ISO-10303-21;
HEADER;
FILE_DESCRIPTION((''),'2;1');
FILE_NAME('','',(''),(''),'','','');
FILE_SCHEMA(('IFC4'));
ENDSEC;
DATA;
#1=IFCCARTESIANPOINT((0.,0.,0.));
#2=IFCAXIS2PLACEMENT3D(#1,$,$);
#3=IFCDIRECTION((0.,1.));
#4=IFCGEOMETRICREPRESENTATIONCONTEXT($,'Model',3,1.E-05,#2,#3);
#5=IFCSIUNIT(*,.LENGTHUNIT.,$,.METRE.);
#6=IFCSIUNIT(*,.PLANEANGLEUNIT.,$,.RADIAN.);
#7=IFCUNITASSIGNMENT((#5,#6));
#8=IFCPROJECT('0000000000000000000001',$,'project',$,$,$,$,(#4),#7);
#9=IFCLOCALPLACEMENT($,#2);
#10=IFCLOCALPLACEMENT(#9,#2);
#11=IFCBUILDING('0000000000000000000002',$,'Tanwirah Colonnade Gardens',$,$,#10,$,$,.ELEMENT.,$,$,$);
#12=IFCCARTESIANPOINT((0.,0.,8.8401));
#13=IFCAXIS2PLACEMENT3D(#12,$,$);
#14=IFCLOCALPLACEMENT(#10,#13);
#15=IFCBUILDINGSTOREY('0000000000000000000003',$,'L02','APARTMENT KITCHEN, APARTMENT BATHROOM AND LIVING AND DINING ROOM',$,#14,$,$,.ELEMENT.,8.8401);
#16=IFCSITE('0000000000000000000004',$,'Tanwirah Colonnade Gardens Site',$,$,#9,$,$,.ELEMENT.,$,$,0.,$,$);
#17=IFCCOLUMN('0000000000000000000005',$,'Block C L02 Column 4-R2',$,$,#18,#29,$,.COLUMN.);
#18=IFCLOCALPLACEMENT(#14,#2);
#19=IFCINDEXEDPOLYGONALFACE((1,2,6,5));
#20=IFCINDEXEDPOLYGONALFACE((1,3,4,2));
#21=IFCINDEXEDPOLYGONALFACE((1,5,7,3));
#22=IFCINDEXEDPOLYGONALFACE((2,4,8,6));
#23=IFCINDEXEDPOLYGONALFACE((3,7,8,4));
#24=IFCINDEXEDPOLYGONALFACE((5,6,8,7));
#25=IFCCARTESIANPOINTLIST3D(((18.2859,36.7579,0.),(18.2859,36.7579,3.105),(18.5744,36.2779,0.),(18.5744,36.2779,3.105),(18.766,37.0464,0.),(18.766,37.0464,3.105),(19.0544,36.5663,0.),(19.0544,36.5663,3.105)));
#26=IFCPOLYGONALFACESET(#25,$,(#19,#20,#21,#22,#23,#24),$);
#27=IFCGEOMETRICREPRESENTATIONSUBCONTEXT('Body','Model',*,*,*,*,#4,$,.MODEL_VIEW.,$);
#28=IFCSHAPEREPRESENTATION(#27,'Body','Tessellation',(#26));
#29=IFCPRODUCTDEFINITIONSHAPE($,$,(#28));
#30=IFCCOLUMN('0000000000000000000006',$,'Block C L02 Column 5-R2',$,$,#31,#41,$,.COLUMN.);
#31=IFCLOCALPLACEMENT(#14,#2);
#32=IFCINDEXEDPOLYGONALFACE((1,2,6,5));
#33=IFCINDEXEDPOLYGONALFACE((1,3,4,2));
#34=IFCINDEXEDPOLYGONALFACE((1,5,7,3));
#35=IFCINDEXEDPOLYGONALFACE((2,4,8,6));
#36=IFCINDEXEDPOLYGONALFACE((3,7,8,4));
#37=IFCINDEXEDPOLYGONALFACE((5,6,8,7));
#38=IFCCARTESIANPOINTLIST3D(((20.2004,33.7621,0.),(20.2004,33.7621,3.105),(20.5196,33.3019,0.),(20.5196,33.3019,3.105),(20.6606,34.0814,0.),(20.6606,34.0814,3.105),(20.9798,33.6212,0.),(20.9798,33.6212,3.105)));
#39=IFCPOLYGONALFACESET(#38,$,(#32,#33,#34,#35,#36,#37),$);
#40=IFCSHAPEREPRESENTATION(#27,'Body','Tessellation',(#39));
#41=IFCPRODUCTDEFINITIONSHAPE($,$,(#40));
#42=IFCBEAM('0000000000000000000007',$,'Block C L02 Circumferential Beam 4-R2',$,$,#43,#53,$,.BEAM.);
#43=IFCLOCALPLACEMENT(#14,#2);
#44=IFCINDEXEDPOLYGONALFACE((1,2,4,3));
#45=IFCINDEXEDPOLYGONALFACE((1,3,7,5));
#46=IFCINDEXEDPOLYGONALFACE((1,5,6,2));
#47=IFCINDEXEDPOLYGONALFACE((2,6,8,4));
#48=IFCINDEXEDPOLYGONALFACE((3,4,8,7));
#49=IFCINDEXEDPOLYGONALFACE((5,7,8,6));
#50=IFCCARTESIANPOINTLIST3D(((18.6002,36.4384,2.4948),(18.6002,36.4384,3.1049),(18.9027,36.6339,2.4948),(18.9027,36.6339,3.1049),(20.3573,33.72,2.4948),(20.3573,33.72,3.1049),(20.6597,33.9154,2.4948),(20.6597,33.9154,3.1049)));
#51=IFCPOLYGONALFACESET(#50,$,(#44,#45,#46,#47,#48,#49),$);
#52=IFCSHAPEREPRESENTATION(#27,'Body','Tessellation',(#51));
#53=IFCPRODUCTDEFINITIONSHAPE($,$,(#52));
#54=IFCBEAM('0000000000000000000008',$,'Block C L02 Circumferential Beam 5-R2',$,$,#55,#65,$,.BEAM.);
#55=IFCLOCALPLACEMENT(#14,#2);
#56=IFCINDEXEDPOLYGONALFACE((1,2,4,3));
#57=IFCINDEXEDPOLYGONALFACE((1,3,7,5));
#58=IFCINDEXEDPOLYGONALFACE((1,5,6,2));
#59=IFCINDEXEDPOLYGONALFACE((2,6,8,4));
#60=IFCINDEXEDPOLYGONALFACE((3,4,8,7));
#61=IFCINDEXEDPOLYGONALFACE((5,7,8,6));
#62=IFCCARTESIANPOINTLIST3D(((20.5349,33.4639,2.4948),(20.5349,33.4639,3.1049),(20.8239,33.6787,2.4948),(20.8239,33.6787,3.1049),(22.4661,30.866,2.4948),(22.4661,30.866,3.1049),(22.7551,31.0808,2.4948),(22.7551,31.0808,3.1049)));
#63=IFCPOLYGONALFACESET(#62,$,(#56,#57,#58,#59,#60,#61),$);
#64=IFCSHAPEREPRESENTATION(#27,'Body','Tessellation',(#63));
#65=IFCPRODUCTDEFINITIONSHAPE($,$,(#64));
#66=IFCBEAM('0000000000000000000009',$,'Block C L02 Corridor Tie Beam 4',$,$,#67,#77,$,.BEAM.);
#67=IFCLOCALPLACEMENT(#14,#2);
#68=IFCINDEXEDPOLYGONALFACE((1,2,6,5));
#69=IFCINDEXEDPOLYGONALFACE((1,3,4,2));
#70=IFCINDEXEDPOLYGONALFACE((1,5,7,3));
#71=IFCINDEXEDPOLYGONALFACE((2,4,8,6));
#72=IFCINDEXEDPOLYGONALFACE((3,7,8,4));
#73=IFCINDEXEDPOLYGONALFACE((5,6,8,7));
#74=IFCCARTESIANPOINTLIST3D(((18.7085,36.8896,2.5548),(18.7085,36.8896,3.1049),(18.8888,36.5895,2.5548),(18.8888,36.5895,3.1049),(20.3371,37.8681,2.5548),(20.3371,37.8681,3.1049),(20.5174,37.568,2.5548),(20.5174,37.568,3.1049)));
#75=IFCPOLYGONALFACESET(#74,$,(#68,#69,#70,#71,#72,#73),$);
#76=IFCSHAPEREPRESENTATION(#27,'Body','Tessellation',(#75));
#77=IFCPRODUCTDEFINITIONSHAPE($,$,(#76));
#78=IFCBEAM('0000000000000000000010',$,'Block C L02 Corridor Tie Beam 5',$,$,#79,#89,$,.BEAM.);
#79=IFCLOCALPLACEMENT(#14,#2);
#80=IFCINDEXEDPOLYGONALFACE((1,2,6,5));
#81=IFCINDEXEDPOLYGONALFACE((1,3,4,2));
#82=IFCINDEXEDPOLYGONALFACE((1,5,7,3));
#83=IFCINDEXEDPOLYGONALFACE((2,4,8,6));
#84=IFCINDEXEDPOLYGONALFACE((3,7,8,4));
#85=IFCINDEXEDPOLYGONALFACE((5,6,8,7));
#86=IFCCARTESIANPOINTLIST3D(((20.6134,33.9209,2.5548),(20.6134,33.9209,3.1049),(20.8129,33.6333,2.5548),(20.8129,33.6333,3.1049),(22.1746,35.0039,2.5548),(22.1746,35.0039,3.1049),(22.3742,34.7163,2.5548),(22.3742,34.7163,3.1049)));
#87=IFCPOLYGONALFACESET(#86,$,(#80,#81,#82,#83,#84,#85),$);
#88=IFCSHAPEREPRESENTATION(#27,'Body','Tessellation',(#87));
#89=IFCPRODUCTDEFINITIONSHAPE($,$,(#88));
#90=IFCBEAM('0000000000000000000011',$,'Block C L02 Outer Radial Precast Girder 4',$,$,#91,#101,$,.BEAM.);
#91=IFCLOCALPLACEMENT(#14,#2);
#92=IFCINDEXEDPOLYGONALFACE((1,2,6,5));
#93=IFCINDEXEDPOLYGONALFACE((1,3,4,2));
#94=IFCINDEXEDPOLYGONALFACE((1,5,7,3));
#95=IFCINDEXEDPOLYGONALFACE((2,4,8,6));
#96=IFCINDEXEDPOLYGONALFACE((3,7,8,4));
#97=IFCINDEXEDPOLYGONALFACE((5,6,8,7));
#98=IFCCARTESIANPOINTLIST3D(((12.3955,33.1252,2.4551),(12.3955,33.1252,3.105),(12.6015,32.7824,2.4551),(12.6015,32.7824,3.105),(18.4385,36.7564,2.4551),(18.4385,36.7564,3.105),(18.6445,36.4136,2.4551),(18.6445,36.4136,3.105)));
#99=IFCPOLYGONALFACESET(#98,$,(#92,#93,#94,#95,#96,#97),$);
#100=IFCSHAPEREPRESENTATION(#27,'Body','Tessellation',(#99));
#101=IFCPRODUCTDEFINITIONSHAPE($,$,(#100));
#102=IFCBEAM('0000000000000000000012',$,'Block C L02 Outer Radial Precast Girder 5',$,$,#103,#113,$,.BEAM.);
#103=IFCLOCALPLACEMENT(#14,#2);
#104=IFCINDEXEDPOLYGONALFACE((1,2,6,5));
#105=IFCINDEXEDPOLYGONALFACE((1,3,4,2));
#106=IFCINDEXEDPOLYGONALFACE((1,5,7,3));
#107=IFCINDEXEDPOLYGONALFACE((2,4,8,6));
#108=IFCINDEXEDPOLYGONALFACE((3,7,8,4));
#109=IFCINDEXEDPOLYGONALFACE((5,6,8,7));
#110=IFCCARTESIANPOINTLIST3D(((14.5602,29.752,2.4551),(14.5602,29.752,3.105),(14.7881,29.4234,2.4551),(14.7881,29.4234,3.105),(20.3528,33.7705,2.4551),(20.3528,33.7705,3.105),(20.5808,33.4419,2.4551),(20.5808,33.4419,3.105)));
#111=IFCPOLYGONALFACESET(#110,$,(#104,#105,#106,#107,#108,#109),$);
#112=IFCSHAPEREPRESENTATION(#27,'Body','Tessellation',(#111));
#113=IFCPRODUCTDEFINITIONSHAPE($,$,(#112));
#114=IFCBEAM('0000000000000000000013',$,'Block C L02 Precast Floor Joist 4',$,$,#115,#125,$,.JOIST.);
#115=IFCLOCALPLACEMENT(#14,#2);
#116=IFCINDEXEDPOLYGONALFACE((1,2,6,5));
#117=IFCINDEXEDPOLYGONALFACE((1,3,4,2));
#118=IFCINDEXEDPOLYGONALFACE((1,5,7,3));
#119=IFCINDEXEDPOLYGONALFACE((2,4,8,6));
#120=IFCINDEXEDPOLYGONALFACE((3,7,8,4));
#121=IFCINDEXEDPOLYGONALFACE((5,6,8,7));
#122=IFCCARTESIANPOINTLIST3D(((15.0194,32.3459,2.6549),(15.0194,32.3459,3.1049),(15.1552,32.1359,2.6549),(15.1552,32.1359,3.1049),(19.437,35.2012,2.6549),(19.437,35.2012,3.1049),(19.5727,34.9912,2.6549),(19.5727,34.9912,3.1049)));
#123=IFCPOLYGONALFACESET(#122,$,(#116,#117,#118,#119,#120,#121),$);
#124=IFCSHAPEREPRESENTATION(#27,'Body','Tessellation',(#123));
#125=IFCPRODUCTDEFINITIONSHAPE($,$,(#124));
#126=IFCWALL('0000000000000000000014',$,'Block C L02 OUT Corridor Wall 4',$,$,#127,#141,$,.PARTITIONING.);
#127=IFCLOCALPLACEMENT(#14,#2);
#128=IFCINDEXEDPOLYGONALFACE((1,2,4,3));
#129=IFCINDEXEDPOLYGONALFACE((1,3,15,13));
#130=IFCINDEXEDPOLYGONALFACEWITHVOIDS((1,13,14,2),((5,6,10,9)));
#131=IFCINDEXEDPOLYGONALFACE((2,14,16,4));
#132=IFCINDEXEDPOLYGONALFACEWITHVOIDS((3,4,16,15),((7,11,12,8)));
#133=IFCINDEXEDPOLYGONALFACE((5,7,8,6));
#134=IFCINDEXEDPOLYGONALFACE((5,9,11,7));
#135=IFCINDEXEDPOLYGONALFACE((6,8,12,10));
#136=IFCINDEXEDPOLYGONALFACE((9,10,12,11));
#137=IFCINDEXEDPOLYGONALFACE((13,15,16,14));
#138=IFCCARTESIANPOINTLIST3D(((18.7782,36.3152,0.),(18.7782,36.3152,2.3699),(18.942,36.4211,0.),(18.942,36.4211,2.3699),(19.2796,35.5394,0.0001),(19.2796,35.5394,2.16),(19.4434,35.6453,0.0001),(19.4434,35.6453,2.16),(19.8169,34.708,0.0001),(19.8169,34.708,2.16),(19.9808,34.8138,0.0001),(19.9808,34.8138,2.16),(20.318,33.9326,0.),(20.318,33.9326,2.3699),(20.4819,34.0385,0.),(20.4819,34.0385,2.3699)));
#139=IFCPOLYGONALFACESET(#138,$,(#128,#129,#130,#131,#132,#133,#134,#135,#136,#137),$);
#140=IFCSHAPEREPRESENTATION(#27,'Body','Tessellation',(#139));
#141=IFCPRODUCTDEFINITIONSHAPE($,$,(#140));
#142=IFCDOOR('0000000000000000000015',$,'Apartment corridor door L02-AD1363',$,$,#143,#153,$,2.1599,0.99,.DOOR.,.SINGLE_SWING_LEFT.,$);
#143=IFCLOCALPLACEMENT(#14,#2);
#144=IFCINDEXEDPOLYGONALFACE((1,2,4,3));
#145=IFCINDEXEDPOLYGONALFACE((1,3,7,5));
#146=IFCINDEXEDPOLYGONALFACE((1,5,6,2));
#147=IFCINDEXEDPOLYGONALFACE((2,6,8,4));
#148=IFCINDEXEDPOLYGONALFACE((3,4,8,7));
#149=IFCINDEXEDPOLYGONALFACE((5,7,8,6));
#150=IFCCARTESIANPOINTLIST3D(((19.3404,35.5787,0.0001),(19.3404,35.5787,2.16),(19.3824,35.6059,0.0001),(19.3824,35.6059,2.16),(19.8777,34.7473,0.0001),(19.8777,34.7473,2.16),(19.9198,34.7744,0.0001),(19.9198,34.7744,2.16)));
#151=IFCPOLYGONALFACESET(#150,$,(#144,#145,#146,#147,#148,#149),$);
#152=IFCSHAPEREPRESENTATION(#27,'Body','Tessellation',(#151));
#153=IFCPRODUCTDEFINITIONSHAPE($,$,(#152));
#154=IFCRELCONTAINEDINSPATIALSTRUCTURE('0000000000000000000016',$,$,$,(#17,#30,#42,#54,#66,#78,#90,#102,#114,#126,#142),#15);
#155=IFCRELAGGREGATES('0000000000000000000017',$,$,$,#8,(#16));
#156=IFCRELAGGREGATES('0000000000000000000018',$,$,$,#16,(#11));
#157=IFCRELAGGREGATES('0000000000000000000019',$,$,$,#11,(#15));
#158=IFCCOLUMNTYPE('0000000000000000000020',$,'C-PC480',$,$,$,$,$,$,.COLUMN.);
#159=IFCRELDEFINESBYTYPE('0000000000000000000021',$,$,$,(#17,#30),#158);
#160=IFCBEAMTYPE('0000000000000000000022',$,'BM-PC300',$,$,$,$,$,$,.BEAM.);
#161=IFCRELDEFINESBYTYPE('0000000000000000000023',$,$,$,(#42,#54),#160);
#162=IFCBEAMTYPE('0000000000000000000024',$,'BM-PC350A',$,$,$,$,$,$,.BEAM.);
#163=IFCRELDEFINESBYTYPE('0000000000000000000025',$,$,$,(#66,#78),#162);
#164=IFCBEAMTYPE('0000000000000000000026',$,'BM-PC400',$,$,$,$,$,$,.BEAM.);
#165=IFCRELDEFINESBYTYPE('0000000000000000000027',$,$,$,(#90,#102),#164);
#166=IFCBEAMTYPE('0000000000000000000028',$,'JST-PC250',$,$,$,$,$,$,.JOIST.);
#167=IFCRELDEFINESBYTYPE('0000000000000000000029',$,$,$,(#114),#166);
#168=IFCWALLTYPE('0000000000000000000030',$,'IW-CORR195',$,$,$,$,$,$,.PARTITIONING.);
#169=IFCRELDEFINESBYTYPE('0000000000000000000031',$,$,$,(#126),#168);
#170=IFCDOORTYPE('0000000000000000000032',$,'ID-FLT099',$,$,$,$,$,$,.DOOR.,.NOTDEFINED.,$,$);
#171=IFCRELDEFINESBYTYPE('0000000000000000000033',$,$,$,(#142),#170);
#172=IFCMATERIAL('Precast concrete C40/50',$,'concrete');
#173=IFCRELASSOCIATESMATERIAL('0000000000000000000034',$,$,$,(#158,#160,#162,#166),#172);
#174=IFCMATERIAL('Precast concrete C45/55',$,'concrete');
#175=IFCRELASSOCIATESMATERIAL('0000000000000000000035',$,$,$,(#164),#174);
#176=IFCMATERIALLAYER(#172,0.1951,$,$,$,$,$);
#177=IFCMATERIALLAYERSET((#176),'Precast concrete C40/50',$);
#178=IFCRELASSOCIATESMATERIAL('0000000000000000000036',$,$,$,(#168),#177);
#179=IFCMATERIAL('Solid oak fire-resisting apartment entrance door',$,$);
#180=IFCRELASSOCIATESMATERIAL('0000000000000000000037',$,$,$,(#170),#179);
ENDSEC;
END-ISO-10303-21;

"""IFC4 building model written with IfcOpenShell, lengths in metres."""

from ifc_helpers import new_model, si_unit, direction, frame, frame_2d, origin, origin_2d, place, context, subcontext, project, spatial, rectangle, extrude, material, layer, layer_set, material_profile, profile_set, type_object, element, fill, save


model = new_model("IFC4")

# Units and contexts
model_context = context("Model", 3, precision=1e-05, world=origin(), true_north=direction((0.0, 1.0)))
body_context = subcontext(model_context, "Body", "Model", "MODEL_VIEW")
ifc_project = project(units=[si_unit("LENGTHUNIT", "METRE"), si_unit("PLANEANGLEUNIT", "RADIAN")], contexts=[model_context])

# Site, building, storey
site_placement = place(None, origin())
site = spatial("IfcSite", under=ifc_project, at=site_placement, Name="Tanwirah Colonnade Gardens Site", CompositionType="ELEMENT", RefElevation=0.0)
building_placement = place(site_placement, origin())
building = spatial("IfcBuilding", under=site, at=building_placement, Name="Tanwirah Colonnade Gardens", CompositionType="ELEMENT")
storey_placement = place(building_placement, frame((0.0, 0.0, 8.8401)))
storey = spatial("IfcBuildingStorey", under=building, at=storey_placement, Name="L02", Description="APARTMENT KITCHEN, APARTMENT BATHROOM AND LIVING AND DINING ROOM", CompositionType="ELEMENT", Elevation=8.8401)

# Columns
ifc_material_1 = material(Name="Precast concrete C40/50", Category="concrete")
ifc_material_profile_1 = material_profile(ifc_material_1, rectangle(XDim=0.5601, YDim=0.5601, at=origin_2d()), Name="PC-COL 560x560")
ifc_profile_set_1 = profile_set([ifc_material_profile_1], Name="Precast concrete C40/50")
column_type = type_object("IfcColumnType", Name="C-PC480", PredefinedType="COLUMN", material=ifc_profile_set_1)
for number, where, z_axis, x_axis, name in (
    (1, (18.6702, 36.6621, 0.0), (0.0, 0.0, 1.0), (-0.857167, -0.515038, 0.0), "Block C L02 Column 4-R2"),
    (2, (20.5901, 33.6917, 0.0), (0.0, 0.0, 1.0), (-0.821647, -0.569997, 0.0), "Block C L02 Column 5-R2"),
):
    element("IfcColumn", number, at=place(storey_placement, frame(where, z_axis=z_axis, x_axis=x_axis)), inside=storey, type_object=column_type, Name=name, PredefinedType="COLUMN", context=body_context, shape_type="SweptSolid", body=[
        extrude(rectangle(XDim=0.5601, YDim=0.5601, at=origin_2d()), origin(), (0.0, 0.0, 1.0), 3.105),
    ])

# Beams
ifc_material_profile_2 = material_profile(ifc_material_1, rectangle(XDim=0.3601, YDim=0.6101, at=origin_2d()), Name="PC-BM 360x610")
ifc_profile_set_2 = profile_set([ifc_material_profile_2], Name="Precast concrete C40/50")
beam_type_1 = type_object("IfcBeamType", Name="BM-PC300", PredefinedType="BEAM", material=ifc_profile_set_2)
beam_1_placement = place(storey_placement, frame((18.7515, 36.5361, 2.7998), z_axis=(0.542826, -0.839845, 0.0), x_axis=(0.839845, 0.542826, 0.0)))
element("IfcBeam", 3, at=beam_1_placement, inside=storey, type_object=beam_type_1, Name="Block C L02 Circumferential Beam 4-R2", PredefinedType="BEAM", context=body_context, shape_type="SweptSolid", body=[
    extrude(rectangle(XDim=0.3601, YDim=0.6101, at=origin_2d()), origin(), (0.0, 0.0, 1.0), 3.2368),
])
beam_2_placement = place(storey_placement, frame((20.6794, 33.5713, 2.7998), z_axis=(0.596579, -0.802554, 0.0), x_axis=(0.802554, 0.596579, 0.0)))
element("IfcBeam", 4, at=beam_2_placement, inside=storey, type_object=beam_type_1, Name="Block C L02 Circumferential Beam 5-R2", PredefinedType="BEAM", context=body_context, shape_type="SweptSolid", body=[
    extrude(rectangle(XDim=0.3601, YDim=0.6101, at=origin_2d()), origin(), (0.0, 0.0, 1.0), 3.2371),
])
ifc_material_profile_3 = material_profile(ifc_material_1, rectangle(XDim=0.3501, YDim=0.55, at=origin_2d()), Name="PC-BM 350x550")
ifc_profile_set_3 = profile_set([ifc_material_profile_3], Name="Precast concrete C40/50")
beam_type_2 = type_object("IfcBeamType", Name="BM-PC350A", PredefinedType="BEAM", material=ifc_profile_set_3)
beam_3_placement = place(storey_placement, frame((20.4272, 37.718, 2.8298), z_axis=(-0.857187, -0.515006, 0.0), x_axis=(0.515006, -0.857187, 0.0)))
element("IfcBeam", 5, at=beam_3_placement, inside=storey, type_object=beam_type_2, Name="Block C L02 Corridor Tie Beam 4", PredefinedType="BEAM", context=body_context, shape_type="SweptSolid", body=[
    extrude(rectangle(XDim=0.3501, YDim=0.55, at=origin_2d()), origin(), (0.0, 0.0, 1.0), 1.8999),
])
beam_4_placement = place(storey_placement, frame((22.2744, 34.8601, 2.8298), z_axis=(-0.821669, -0.569965, 0.0), x_axis=(0.569965, -0.821669, 0.0)))
element("IfcBeam", 6, at=beam_4_placement, inside=storey, type_object=beam_type_2, Name="Block C L02 Corridor Tie Beam 5", PredefinedType="BEAM", context=body_context, shape_type="SweptSolid", body=[
    extrude(rectangle(XDim=0.3501, YDim=0.55, at=origin_2d()), origin(), (0.0, 0.0, 1.0), 1.9001),
])
ifc_material_2 = material(Name="Precast concrete C45/55", Category="concrete")
ifc_material_profile_4 = material_profile(ifc_material_2, rectangle(XDim=0.3999, YDim=0.6499, at=origin_2d()), Name="PC-BM 400x650")
ifc_profile_set_4 = profile_set([ifc_material_profile_4], Name="Precast concrete C45/55")
beam_type_3 = type_object("IfcBeamType", Name="BM-PC400", PredefinedType="BEAM", material=ifc_profile_set_4)
for number, where, z_axis, x_axis, name in (
    (7, (18.5415, 36.585, 2.78), (-0.85716, -0.515051, 0.0), (0.515051, -0.85716, 0.0), "Block C L02 Outer Radial Precast Girder 4"),
    (8, (20.4668, 33.6062, 2.78), (-0.821647, -0.569997, 0.0), (0.569997, -0.821647, 0.0), "Block C L02 Outer Radial Precast Girder 5"),
):
    element("IfcBeam", number, at=place(storey_placement, frame(where, z_axis=z_axis, x_axis=x_axis)), inside=storey, type_object=beam_type_3, Name=name, PredefinedType="BEAM", context=body_context, shape_type="SweptSolid", body=[
        extrude(rectangle(XDim=0.3999, YDim=0.6499, at=origin_2d()), origin(), (0.0, 0.0, 1.0), 7.05),
    ])
ifc_material_profile_5 = material_profile(ifc_material_1, rectangle(XDim=0.25, YDim=0.45, at=origin_2d()), Name="PC-JST 250x450")
ifc_profile_set_5 = profile_set([ifc_material_profile_5], Name="Precast concrete C40/50")
beam_type_4 = type_object("IfcBeamType", Name="JST-PC250", PredefinedType="JOIST", material=ifc_profile_set_5)
beam_5_placement = place(storey_placement, frame((19.5049, 35.0962, 2.8799), z_axis=(-0.839843, -0.54283, 0.0), x_axis=(0.54283, -0.839843, 0.0)))
element("IfcBeam", 9, at=beam_5_placement, inside=storey, type_object=beam_type_4, Name="Block C L02 Precast Floor Joist 4", PredefinedType="JOIST", context=body_context, shape_type="SweptSolid", body=[
    extrude(rectangle(XDim=0.25, YDim=0.45, at=origin_2d()), origin(), (0.0, 0.0, 1.0), 5.26),
])

# Wall, opening, door
ifc_layer_1 = layer(ifc_material_1, 0.1951)
ifc_layer_set_1 = layer_set([ifc_layer_1], Name="Precast concrete C40/50")
wall_type_1 = type_object("IfcWallType", Name="IW-CORR195", PredefinedType="PARTITIONING", material=ifc_layer_set_1)
wall_1_placement = place(storey_placement, frame((18.8601, 36.3682, 0.0), z_axis=(0.0, 0.0, 1.0), x_axis=(0.542787, -0.83987, 0.0)))
wall_1 = element("IfcWall", 10, at=wall_1_placement, inside=storey, type_object=wall_type_1, Name="Block C L02 OUT Corridor Wall 4", PredefinedType="PARTITIONING", context=body_context, shape_type="SweptSolid", body=[
    extrude(rectangle(XDim=2.8369, YDim=0.1951, at=frame_2d((1.4185, 0.0))), origin(), (0.0, 0.0, 1.0), 2.3699),
])
opening_1_placement = place(wall_1_placement, frame((0.9236, 0.0, 0.0)))
opening_1 = element("IfcOpeningElement", 11, at=opening_1_placement, cuts=wall_1, PredefinedType="OPENING", context=body_context, shape_type="SweptSolid", body=[
    extrude(rectangle(XDim=0.99, YDim=2.1599, at=frame_2d((0.4951, 1.0801))), frame((0.0, 0.1074, 0.0), z_axis=(0.0, -1.0, 0.0), x_axis=(1.0, 0.0, 0.0)), (0.0, 0.0, 1.0), 0.2151),
])
ifc_material_3 = material(Name="Solid oak fire-resisting apartment entrance door")
door_type_1 = type_object("IfcDoorType", Name="ID-FLT099", OperationType="NOTDEFINED", PredefinedType="DOOR", material=ifc_material_3)
door_1_placement = place(opening_1_placement, origin())
door_1 = element("IfcDoor", 12, at=door_1_placement, inside=storey, type_object=door_type_1, Name="Apartment corridor door L02-AD1363", OperationType="SINGLE_SWING_LEFT", OverallHeight=2.1599, OverallWidth=0.99, PredefinedType="DOOR", context=body_context, shape_type="SweptSolid", body=[
    extrude(rectangle(XDim=0.99, YDim=2.1599, at=frame_2d((0.4951, 1.0801))), frame((0.0, 0.0249, 0.0), z_axis=(0.0, -1.0, 0.0), x_axis=(1.0, 0.0, 0.0)), (0.0, 0.0, 1.0), 0.05),
])
fill(opening_1, door_1)

save(model, "model.ifc")
